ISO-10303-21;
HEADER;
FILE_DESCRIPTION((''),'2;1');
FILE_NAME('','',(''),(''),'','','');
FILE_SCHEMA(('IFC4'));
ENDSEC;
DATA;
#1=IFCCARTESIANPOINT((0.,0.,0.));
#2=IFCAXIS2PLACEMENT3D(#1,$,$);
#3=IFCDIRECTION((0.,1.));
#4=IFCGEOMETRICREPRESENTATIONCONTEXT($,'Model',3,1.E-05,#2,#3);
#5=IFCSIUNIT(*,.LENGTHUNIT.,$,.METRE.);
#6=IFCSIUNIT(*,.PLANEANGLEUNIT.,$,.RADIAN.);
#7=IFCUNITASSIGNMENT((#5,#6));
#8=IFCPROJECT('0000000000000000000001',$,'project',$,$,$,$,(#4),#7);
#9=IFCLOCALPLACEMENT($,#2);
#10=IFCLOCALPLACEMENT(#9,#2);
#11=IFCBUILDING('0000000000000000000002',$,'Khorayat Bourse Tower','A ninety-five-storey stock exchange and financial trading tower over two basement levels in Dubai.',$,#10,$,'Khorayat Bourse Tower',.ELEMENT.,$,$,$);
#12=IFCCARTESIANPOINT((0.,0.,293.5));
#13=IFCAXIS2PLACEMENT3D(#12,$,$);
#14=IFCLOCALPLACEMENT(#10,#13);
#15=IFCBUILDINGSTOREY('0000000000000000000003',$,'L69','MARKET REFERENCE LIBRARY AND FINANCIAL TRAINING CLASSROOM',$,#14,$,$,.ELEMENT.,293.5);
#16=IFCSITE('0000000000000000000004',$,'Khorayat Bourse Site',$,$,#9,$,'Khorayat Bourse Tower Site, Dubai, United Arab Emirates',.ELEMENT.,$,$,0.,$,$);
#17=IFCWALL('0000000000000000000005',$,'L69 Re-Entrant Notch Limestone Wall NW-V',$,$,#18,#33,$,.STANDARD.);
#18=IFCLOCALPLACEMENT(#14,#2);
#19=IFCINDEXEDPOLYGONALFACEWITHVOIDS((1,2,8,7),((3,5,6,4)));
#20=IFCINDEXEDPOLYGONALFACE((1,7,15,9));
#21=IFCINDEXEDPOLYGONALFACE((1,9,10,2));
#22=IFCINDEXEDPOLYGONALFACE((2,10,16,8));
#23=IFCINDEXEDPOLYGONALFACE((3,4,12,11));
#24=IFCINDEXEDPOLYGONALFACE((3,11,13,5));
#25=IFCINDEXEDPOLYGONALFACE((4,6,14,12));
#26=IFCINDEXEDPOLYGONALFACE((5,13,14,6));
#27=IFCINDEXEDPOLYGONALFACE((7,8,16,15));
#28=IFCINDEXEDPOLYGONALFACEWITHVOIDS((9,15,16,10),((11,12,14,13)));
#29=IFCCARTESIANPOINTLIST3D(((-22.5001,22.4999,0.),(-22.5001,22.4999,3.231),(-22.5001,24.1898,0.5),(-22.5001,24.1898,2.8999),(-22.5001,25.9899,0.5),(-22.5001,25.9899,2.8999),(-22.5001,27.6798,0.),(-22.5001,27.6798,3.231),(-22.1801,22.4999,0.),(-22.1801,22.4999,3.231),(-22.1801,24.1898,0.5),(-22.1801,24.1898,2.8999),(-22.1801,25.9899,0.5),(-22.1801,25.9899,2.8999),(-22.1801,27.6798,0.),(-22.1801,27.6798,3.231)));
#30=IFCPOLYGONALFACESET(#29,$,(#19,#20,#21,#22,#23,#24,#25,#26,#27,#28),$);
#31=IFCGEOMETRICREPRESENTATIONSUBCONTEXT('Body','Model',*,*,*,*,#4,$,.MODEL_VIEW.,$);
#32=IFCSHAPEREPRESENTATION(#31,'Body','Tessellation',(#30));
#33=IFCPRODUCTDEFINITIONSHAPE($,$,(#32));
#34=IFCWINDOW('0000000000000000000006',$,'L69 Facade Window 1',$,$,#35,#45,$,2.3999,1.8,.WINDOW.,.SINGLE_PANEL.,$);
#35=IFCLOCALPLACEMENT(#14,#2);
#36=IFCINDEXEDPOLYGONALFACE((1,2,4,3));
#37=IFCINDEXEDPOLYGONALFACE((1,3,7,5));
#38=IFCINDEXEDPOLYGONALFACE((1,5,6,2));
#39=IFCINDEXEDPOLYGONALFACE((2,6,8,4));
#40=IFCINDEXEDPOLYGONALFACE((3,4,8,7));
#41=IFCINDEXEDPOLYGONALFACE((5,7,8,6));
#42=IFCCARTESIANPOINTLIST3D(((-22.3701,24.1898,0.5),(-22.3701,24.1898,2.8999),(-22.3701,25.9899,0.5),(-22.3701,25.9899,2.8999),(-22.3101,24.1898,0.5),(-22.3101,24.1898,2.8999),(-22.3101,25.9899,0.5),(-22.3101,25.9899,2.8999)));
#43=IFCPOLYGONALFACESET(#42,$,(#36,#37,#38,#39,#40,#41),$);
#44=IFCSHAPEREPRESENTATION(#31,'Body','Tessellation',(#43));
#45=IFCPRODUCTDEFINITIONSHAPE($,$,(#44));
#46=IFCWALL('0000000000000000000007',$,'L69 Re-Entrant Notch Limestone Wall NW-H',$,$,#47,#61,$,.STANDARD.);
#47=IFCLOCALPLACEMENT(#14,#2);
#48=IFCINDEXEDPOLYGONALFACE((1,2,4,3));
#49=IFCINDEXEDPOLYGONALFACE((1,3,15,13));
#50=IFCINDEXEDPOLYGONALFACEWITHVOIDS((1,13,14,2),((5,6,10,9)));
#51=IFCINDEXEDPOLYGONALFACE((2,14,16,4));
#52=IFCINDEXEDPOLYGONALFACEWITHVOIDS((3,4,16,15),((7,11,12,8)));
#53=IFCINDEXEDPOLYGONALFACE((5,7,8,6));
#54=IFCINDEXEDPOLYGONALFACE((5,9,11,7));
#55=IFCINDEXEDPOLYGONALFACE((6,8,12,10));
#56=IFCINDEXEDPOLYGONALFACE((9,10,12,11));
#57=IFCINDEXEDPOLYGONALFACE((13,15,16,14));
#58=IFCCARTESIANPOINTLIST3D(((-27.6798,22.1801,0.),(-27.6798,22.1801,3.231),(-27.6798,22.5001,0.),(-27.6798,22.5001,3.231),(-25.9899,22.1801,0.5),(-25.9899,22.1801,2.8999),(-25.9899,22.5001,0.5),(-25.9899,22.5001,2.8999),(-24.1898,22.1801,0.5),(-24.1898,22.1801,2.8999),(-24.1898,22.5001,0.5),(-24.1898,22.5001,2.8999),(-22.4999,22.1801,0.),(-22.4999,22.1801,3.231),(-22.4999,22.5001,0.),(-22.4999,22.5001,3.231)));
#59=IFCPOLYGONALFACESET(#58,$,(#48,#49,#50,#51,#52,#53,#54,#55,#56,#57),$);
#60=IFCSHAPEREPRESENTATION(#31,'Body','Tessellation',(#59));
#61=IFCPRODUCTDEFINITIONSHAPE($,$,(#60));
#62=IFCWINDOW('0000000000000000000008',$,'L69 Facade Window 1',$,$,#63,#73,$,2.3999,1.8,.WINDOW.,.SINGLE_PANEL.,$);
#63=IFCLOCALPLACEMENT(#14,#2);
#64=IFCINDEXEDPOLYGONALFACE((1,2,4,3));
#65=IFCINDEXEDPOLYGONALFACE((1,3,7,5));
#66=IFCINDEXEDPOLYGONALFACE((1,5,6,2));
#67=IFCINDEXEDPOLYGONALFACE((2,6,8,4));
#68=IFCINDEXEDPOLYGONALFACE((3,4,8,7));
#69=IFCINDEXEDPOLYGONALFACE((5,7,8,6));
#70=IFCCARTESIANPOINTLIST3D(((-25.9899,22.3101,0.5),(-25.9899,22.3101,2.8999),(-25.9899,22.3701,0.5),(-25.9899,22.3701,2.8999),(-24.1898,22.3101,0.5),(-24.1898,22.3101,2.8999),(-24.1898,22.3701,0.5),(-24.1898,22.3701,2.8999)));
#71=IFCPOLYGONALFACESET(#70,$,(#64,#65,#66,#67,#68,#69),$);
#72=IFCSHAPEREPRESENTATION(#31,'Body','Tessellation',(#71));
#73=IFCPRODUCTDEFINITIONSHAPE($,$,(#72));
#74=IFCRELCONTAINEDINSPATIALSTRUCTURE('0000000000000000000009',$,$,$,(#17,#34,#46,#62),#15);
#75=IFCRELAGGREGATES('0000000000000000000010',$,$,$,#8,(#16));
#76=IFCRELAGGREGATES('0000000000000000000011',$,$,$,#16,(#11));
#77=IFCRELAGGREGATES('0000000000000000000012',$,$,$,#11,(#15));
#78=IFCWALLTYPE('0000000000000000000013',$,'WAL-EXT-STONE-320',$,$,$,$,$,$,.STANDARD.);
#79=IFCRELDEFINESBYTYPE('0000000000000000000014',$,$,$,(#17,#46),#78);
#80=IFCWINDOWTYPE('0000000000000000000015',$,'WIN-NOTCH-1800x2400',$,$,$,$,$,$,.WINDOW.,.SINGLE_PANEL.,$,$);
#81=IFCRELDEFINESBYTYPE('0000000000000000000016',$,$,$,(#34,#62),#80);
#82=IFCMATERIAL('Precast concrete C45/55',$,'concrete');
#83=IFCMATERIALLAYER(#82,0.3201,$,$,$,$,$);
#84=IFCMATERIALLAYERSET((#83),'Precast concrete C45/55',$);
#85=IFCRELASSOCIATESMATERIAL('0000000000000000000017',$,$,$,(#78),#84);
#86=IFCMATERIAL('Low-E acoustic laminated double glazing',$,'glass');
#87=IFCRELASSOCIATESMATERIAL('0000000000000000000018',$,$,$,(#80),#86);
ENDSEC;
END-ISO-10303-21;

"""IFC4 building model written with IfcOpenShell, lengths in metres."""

from ifc_helpers import new_model, si_unit, direction, frame, frame_2d, origin, place, context, subcontext, project, spatial, rectangle, extrude, source, transform, mapped, material, layer, layer_set, type_object, element, fill, save


model = new_model("IFC4")

# Units and contexts
model_context = context("Model", 3, precision=1e-05, world=origin(), true_north=direction((0.0, 1.0)))
body_context = subcontext(model_context, "Body", "Model", "MODEL_VIEW")
ifc_project = project(units=[si_unit("LENGTHUNIT", "METRE"), si_unit("PLANEANGLEUNIT", "RADIAN")], contexts=[model_context])

# Site, building, storey
site_placement = place(None, origin())
site = spatial("IfcSite", under=ifc_project, at=site_placement, Name="Khorayat Bourse Site", LongName="Khorayat Bourse Tower Site, Dubai, United Arab Emirates", CompositionType="ELEMENT", RefElevation=0.0)
building_placement = place(site_placement, origin())
building = spatial("IfcBuilding", under=site, at=building_placement, Name="Khorayat Bourse Tower", Description="A ninety-five-storey stock exchange and financial trading tower over two basement levels in Dubai.", LongName="Khorayat Bourse Tower", CompositionType="ELEMENT")
storey_placement = place(building_placement, frame((0.0, 0.0, 293.5)))
storey = spatial("IfcBuildingStorey", under=building, at=storey_placement, Name="L69", Description="MARKET REFERENCE LIBRARY AND FINANCIAL TRAINING CLASSROOM", CompositionType="ELEMENT", Elevation=293.5)

# Walls, openings, windows
ifc_material_1 = material(Name="Precast concrete C45/55", Category="concrete")
ifc_layer_1 = layer(ifc_material_1, 0.3201)
ifc_layer_set_1 = layer_set([ifc_layer_1], Name="Precast concrete C45/55")
wall_type = type_object("IfcWallType", Name="WAL-EXT-STONE-320", PredefinedType="STANDARD", material=ifc_layer_set_1)
shared_shape_1 = source(origin(), body_context, "Body", "SweptSolid", [
    extrude(rectangle(XDim=5.1799, YDim=0.3201, at=frame_2d((2.5898, 0.0))), origin(), (0.0, 0.0, 1.0), 3.231),
])
wall_1_placement = place(storey_placement, frame((-22.3401, 22.5, 0.0), z_axis=(0.0, 0.0, 1.0), x_axis=(0.0, 1.0, 0.0)))
wall_1 = element("IfcWall", 1, at=wall_1_placement, inside=storey, type_object=wall_type, Name="L69 Re-Entrant Notch Limestone Wall NW-V", PredefinedType="STANDARD", context=body_context, shape_type="MappedRepresentation", body=[
    mapped(shared_shape_1, transform((0.0, 0.0, 0.0), scale=1.0)),
])
shared_shape_2 = source(origin(), body_context, "Body", "SweptSolid", [
    extrude(rectangle(XDim=1.8, YDim=2.3999, at=frame_2d((0.8999, 1.2))), frame((0.0, 0.1699, 0.0), z_axis=(0.0, -1.0, 0.0), x_axis=(1.0, 0.0, 0.0)), (0.0, 0.0, 1.0), 0.3401),
])
opening_1_placement = place(wall_1_placement, frame((1.6899, 0.0, 0.5)))
opening_1 = element("IfcOpeningElement", 2, at=opening_1_placement, cuts=wall_1, PredefinedType="OPENING", context=body_context, shape_type="MappedRepresentation", body=[
    mapped(shared_shape_2, transform((0.0, 0.0, 0.0), scale=1.0)),
])
ifc_material_2 = material(Name="Low-E acoustic laminated double glazing", Category="glass")
window_type = type_object("IfcWindowType", Name="WIN-NOTCH-1800x2400", PartitioningType="SINGLE_PANEL", PredefinedType="WINDOW", material=ifc_material_2)
shared_shape_3 = source(origin(), body_context, "Body", "SweptSolid", [
    extrude(rectangle(XDim=1.8, YDim=2.3999, at=frame_2d((0.8999, 1.2))), frame((0.0, 0.03, 0.0), z_axis=(0.0, -1.0, 0.0), x_axis=(1.0, 0.0, 0.0)), (0.0, 0.0, 1.0), 0.0601),
])
window_1_placement = place(opening_1_placement, origin())
window_1 = element("IfcWindow", 3, at=window_1_placement, inside=storey, type_object=window_type, Name="L69 Facade Window 1", OverallHeight=2.3999, OverallWidth=1.8, PartitioningType="SINGLE_PANEL", PredefinedType="WINDOW", context=body_context, shape_type="MappedRepresentation", body=[
    mapped(shared_shape_3, transform((0.0, 0.0, 0.0), scale=1.0)),
])
fill(opening_1, window_1)
wall_2_placement = place(storey_placement, frame((-22.5, 22.3401, 0.0), z_axis=(0.0, 0.0, 1.0), x_axis=(-1.0, 0.0, 0.0)))
wall_2 = element("IfcWall", 4, at=wall_2_placement, inside=storey, type_object=wall_type, Name="L69 Re-Entrant Notch Limestone Wall NW-H", PredefinedType="STANDARD", context=body_context, shape_type="MappedRepresentation", body=[
    mapped(shared_shape_1, transform((0.0, 0.0, 0.0), scale=1.0)),
])
opening_2_placement = place(wall_2_placement, frame((1.6899, 0.0, 0.5)))
opening_2 = element("IfcOpeningElement", 5, at=opening_2_placement, cuts=wall_2, PredefinedType="OPENING", context=body_context, shape_type="MappedRepresentation", body=[
    mapped(shared_shape_2, transform((0.0, 0.0, 0.0), scale=1.0)),
])
window_2_placement = place(opening_2_placement, origin())
window_2 = element("IfcWindow", 6, at=window_2_placement, inside=storey, type_object=window_type, Name="L69 Facade Window 1", OverallHeight=2.3999, OverallWidth=1.8, PartitioningType="SINGLE_PANEL", PredefinedType="WINDOW", context=body_context, shape_type="MappedRepresentation", body=[
    mapped(shared_shape_3, transform((0.0, 0.0, 0.0), scale=1.0)),
])
fill(opening_2, window_2)

save(model, "model.ifc")
